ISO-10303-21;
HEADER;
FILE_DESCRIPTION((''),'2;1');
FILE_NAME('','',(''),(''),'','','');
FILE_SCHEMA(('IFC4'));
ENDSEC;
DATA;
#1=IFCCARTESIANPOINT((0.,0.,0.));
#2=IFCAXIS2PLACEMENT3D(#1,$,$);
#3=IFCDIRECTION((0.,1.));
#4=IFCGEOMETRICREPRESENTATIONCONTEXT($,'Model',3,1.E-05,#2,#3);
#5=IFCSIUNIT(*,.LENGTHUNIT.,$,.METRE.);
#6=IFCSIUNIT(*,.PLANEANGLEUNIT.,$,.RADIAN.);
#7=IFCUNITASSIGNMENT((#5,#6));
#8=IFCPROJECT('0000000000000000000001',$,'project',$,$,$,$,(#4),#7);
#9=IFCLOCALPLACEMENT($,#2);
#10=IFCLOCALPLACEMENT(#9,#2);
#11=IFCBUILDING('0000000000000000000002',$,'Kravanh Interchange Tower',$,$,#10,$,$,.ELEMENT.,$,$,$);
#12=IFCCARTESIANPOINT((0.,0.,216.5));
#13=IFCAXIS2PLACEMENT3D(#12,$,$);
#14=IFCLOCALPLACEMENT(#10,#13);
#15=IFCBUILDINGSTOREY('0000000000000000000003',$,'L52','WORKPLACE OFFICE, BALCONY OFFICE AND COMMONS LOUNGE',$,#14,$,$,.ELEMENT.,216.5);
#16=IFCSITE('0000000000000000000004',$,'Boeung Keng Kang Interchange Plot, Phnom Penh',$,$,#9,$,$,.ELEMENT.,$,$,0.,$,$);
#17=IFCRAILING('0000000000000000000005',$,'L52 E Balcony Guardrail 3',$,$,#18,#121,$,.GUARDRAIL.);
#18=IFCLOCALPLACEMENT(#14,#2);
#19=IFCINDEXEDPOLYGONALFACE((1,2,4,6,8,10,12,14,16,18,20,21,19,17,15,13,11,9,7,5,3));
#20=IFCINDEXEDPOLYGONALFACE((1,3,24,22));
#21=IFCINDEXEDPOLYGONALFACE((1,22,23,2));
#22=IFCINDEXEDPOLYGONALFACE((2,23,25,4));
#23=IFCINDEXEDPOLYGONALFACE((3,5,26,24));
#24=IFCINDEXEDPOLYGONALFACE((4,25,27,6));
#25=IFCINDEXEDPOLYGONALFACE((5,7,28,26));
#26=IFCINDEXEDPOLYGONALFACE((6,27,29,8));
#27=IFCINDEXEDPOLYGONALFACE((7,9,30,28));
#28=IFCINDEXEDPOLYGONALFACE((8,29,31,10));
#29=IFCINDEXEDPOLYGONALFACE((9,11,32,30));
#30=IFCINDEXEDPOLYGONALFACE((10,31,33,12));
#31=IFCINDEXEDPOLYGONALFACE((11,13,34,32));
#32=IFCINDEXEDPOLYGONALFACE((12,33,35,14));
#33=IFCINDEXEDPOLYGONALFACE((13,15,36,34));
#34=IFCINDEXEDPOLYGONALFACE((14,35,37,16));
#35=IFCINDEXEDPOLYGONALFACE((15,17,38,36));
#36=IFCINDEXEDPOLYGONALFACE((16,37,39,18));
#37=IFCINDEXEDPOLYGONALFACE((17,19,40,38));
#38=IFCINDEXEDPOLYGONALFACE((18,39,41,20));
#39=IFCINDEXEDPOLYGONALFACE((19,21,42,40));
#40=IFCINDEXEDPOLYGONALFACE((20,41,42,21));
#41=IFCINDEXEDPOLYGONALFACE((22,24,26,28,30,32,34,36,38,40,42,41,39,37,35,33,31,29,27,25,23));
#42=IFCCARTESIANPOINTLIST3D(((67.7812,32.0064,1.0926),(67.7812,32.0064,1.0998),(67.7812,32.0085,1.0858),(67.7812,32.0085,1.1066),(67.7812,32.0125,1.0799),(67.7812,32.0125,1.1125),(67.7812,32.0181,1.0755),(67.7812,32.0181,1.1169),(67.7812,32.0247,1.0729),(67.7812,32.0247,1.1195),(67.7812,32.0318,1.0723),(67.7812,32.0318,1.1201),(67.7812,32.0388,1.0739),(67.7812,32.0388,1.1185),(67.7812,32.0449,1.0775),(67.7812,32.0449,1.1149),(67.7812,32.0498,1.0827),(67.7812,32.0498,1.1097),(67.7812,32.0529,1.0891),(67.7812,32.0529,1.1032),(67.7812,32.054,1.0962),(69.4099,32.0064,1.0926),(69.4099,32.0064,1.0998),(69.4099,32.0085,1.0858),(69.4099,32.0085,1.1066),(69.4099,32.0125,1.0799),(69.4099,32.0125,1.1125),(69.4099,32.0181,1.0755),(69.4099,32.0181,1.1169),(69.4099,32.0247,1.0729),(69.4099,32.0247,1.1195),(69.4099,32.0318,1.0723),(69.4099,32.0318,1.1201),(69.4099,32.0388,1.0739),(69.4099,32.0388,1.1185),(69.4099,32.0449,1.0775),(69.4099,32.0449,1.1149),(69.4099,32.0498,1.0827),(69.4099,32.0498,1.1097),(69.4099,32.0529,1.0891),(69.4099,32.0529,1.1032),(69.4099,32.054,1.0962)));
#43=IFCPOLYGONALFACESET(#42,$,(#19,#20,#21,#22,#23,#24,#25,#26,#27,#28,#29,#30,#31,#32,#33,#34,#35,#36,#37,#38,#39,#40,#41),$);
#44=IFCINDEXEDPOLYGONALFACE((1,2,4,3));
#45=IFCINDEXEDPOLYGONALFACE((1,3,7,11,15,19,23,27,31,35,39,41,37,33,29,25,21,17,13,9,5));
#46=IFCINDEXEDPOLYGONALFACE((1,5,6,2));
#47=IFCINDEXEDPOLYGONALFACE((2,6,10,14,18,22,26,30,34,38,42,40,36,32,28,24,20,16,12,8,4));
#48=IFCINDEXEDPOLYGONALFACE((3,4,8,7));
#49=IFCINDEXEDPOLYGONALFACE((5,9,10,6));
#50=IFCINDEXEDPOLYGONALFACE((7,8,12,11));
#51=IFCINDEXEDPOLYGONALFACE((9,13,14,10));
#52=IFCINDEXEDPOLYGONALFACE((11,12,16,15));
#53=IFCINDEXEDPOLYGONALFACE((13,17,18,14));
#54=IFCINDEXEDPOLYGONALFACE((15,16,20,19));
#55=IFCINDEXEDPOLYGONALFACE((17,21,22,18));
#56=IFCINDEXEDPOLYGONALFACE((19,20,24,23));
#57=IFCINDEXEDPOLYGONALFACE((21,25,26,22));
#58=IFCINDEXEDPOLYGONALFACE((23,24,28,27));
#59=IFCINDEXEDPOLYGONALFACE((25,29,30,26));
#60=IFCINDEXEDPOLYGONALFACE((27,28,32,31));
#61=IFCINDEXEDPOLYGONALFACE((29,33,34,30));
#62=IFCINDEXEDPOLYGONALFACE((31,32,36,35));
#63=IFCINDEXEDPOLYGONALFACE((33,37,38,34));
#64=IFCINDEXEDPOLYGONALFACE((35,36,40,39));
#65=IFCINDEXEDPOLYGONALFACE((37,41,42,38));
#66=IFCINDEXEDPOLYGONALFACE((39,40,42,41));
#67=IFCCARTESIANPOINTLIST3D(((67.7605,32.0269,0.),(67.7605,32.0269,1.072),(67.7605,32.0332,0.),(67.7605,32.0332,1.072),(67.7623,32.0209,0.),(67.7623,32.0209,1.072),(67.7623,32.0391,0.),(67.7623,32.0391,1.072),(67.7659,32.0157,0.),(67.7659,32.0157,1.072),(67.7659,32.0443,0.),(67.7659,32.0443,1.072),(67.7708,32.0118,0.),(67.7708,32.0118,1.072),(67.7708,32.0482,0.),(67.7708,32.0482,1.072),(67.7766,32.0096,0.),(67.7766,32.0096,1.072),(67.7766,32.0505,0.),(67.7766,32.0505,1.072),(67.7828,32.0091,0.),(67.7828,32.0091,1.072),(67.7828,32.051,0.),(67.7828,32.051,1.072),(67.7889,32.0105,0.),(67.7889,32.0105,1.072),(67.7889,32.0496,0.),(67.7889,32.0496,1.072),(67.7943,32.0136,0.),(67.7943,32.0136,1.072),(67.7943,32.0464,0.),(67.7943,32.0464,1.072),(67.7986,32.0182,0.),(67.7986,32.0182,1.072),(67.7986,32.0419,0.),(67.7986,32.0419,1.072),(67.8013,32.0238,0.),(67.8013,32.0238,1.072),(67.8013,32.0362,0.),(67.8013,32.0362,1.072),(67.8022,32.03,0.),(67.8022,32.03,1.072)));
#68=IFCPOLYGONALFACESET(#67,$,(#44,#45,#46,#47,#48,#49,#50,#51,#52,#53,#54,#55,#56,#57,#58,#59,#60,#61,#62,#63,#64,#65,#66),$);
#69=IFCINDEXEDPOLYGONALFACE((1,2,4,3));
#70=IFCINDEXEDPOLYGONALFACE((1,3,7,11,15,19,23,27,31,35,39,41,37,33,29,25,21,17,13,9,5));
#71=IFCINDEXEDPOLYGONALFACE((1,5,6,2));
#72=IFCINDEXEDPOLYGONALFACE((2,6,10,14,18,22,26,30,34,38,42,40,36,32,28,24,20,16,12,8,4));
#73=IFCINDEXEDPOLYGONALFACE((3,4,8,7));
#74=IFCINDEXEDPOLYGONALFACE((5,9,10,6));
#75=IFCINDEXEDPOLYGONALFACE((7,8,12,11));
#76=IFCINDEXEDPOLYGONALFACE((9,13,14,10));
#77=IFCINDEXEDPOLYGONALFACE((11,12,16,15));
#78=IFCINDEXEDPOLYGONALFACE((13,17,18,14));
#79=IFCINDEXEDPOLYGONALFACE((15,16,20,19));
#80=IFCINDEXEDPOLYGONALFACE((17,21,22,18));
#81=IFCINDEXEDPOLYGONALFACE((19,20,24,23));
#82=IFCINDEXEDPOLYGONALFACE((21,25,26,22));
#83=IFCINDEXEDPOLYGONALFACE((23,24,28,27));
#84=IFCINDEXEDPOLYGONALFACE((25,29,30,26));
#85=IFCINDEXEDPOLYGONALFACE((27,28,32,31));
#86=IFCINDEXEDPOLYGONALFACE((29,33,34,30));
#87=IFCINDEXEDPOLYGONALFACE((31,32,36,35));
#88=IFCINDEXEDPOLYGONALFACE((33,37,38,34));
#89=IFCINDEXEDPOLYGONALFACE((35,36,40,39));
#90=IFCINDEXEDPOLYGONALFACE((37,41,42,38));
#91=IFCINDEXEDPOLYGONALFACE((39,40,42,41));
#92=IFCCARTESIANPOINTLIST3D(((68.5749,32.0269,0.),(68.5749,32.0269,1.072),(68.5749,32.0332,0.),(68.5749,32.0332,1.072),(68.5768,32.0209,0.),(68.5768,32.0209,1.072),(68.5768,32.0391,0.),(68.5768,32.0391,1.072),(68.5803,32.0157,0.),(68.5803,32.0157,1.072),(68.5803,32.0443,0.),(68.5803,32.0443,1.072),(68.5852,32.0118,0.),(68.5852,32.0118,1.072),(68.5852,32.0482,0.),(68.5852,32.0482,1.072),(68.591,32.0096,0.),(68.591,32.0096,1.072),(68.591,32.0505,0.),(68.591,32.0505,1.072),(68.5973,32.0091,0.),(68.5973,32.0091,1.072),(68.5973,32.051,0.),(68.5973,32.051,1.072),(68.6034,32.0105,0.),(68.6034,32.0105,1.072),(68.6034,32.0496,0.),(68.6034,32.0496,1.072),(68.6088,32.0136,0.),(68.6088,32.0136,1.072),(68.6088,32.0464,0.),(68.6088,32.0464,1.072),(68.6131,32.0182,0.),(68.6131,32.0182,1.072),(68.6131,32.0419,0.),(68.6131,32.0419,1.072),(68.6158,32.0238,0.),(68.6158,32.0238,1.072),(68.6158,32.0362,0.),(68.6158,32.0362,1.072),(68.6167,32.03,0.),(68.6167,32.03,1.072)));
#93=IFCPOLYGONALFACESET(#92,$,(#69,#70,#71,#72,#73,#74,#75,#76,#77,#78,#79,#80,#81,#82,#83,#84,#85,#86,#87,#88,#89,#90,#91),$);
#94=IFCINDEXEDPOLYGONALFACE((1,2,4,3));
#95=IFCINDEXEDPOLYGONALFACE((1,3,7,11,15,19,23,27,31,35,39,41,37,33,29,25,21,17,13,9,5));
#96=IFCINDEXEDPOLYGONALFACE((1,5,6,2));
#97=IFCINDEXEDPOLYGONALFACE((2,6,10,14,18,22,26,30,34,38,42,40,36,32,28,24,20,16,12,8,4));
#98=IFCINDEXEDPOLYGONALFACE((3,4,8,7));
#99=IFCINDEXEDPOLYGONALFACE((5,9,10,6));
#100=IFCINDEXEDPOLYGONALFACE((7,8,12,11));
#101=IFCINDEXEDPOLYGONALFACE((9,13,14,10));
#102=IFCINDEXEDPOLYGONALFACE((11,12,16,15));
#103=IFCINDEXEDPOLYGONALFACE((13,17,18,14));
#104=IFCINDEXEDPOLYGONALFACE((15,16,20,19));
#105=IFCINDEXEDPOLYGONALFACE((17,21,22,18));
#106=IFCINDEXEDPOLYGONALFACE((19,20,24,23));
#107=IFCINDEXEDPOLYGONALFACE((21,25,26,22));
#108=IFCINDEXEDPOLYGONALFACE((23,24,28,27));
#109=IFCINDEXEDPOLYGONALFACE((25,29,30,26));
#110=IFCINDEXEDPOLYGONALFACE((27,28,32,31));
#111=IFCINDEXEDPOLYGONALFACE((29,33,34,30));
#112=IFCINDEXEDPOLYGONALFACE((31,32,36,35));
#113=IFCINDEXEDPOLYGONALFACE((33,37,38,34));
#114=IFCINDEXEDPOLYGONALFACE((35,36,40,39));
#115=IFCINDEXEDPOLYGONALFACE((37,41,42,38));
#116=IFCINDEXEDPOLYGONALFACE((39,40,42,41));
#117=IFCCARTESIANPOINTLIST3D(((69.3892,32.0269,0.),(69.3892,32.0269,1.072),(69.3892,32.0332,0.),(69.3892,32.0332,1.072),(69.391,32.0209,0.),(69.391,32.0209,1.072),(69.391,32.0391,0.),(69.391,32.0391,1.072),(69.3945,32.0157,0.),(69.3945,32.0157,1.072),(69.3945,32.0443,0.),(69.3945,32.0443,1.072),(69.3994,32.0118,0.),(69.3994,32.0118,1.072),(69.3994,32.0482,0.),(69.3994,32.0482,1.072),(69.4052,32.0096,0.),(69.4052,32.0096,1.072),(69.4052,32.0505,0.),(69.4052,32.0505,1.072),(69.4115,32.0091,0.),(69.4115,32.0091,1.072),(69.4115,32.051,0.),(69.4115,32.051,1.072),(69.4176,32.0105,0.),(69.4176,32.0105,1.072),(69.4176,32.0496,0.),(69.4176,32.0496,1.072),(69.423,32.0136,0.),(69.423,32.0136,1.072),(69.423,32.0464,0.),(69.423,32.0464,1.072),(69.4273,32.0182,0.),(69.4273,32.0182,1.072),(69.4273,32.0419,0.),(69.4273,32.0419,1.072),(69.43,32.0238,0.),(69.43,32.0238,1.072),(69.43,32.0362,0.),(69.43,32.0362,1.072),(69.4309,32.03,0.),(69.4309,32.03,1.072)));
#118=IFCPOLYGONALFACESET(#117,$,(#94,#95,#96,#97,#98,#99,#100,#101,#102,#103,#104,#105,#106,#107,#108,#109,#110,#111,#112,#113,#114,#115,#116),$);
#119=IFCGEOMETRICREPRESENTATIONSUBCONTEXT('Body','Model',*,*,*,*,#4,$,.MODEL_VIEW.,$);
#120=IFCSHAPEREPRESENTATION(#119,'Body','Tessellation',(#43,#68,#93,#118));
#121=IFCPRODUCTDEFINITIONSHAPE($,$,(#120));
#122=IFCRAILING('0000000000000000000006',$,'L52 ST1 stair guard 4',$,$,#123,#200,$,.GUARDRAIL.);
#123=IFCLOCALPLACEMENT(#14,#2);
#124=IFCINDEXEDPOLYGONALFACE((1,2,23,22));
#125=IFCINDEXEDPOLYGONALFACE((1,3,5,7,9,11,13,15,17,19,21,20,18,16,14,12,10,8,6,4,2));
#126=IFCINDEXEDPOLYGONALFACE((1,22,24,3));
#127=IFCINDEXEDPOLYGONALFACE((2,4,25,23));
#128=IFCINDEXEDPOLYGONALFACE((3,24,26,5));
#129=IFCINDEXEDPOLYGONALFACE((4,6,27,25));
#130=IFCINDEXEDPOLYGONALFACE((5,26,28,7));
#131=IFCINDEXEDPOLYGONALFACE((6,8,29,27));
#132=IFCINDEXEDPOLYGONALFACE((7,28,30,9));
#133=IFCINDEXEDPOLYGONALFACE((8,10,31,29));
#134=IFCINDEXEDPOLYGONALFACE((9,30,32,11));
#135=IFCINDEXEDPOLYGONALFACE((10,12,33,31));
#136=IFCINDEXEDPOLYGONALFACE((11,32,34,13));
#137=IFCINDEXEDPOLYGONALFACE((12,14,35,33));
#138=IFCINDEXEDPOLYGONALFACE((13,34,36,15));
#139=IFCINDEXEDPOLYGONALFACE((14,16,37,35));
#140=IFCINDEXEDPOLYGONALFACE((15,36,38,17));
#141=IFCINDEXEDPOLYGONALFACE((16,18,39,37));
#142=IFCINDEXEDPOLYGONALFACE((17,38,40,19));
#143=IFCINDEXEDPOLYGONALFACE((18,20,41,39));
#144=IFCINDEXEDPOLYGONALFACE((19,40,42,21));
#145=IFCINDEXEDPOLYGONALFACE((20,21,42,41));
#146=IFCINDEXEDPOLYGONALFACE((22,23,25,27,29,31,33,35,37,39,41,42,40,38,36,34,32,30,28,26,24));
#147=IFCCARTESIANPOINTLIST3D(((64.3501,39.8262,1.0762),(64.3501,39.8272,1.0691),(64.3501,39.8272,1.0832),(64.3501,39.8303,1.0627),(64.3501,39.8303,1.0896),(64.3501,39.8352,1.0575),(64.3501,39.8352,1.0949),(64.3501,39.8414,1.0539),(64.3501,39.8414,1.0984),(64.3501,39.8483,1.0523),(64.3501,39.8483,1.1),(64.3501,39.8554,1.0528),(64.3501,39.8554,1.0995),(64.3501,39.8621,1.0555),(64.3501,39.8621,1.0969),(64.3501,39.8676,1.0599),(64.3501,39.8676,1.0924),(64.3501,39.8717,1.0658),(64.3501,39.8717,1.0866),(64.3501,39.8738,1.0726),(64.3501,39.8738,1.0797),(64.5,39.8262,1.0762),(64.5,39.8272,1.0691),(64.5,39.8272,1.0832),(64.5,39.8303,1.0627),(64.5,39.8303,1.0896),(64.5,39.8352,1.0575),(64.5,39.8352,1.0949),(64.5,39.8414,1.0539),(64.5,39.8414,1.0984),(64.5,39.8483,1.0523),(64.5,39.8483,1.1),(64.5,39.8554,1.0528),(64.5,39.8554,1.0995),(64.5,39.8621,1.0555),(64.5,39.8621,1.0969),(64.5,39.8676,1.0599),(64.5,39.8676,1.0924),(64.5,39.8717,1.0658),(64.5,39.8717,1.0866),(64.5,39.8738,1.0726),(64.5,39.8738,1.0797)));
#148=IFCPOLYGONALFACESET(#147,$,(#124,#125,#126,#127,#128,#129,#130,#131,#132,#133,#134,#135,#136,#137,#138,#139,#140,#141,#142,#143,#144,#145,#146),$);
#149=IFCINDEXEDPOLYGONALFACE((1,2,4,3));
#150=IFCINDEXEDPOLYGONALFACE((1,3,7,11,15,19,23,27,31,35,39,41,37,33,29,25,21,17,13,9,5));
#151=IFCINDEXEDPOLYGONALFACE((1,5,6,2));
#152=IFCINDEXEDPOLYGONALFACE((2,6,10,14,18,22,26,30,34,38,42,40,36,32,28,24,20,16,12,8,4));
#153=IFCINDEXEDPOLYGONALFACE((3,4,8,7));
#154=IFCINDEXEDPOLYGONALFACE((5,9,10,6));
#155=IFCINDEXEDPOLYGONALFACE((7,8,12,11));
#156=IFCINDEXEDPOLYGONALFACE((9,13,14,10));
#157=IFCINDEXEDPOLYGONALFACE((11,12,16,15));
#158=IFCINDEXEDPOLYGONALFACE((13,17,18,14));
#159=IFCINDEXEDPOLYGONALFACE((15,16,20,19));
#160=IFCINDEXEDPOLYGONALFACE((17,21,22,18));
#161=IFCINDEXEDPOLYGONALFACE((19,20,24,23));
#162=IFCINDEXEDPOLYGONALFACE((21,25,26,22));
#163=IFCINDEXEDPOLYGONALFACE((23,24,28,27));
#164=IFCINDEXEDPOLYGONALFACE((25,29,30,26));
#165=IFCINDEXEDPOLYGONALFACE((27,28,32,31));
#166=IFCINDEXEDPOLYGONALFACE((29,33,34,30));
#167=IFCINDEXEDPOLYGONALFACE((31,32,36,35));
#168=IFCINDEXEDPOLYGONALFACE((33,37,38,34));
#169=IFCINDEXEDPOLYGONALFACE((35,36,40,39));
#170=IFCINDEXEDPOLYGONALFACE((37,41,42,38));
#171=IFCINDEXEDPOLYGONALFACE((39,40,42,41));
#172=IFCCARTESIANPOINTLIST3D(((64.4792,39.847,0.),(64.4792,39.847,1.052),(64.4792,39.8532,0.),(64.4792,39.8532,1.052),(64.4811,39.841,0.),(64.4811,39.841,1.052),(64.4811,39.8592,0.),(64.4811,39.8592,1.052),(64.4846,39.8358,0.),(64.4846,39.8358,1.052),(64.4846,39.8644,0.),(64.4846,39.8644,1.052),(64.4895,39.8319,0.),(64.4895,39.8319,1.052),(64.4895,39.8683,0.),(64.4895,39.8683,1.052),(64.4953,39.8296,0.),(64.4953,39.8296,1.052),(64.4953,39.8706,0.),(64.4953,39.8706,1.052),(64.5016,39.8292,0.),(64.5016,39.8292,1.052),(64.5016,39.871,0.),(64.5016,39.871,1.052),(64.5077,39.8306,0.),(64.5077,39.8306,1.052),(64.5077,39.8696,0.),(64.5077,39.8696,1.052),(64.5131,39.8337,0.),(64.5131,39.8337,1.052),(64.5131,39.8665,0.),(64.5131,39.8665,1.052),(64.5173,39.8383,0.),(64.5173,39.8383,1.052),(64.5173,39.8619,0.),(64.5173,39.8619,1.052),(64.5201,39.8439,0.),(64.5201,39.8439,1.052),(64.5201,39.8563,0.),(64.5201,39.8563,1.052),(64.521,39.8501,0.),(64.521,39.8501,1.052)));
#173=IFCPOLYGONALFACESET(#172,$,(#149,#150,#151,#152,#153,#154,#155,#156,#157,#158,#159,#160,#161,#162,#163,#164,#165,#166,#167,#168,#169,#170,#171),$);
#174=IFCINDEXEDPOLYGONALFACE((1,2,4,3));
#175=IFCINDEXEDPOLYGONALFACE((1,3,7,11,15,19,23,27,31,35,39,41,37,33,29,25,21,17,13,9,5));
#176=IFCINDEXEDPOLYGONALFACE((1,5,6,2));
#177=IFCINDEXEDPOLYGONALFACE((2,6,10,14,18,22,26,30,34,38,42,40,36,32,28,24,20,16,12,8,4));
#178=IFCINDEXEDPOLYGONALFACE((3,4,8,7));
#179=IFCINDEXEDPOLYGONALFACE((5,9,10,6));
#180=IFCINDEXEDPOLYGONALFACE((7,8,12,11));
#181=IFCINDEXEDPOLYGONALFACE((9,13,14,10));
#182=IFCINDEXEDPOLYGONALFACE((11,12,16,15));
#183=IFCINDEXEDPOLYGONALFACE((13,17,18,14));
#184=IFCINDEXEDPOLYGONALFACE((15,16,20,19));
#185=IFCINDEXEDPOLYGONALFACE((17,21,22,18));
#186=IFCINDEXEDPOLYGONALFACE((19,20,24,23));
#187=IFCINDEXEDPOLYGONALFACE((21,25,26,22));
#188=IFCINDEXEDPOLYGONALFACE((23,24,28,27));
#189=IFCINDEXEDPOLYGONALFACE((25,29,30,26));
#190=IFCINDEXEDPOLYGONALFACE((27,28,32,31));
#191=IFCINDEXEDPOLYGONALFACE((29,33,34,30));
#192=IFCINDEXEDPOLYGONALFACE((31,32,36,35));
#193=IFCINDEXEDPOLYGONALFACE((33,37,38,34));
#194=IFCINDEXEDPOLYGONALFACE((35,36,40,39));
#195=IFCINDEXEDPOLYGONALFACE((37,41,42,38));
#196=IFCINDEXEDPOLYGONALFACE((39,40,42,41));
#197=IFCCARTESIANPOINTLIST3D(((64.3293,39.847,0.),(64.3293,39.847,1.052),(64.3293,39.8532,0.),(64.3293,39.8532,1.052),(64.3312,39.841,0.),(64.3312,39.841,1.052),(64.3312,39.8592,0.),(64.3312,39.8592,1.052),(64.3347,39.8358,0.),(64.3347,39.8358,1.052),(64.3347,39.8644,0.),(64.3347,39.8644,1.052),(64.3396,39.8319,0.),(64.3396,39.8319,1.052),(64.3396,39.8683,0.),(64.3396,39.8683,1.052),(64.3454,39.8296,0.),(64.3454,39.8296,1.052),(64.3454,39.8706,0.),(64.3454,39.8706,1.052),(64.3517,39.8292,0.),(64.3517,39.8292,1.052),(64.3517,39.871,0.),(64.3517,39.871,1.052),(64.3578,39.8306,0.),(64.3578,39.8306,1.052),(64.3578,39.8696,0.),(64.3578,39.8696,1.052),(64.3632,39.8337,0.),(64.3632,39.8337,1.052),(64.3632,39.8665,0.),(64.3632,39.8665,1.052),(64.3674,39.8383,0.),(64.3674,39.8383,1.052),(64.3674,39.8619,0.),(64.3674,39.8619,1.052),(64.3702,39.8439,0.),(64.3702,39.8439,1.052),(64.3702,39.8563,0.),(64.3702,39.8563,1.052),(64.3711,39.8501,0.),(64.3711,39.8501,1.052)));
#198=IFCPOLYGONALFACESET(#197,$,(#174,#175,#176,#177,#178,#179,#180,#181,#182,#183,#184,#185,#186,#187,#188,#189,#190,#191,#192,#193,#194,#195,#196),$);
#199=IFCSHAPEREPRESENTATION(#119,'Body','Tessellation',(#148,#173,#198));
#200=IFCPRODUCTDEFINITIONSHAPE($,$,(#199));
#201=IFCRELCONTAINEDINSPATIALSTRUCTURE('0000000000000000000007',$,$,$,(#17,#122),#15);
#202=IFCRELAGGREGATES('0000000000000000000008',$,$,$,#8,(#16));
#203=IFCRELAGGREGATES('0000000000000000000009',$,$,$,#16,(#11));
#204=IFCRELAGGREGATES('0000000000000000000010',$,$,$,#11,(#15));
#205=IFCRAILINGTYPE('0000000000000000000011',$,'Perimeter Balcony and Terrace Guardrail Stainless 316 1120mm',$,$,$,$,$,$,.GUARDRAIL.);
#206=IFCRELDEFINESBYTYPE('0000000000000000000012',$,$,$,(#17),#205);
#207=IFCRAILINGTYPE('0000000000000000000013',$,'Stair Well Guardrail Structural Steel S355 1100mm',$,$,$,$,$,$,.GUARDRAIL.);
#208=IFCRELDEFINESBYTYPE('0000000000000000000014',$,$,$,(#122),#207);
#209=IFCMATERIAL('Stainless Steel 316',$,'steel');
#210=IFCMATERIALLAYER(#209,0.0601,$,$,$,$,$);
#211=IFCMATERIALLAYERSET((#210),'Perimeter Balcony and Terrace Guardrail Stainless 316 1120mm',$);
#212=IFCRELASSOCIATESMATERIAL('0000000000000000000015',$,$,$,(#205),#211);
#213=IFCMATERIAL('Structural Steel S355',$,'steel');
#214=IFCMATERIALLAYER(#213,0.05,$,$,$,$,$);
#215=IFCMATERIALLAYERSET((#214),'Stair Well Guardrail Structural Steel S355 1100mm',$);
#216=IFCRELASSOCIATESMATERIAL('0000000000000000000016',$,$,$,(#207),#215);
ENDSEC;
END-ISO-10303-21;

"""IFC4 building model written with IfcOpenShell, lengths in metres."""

from ifc_helpers import new_model, si_unit, direction, frame, origin, origin_2d, place, context, subcontext, project, spatial, circle, extrude, material, layer, layer_set, type_object, element, save


model = new_model("IFC4")

# Units and contexts
model_context = context("Model", 3, precision=1e-05, world=origin(), true_north=direction((0.0, 1.0)))
body_context = subcontext(model_context, "Body", "Model", "MODEL_VIEW")
ifc_project = project(units=[si_unit("LENGTHUNIT", "METRE"), si_unit("PLANEANGLEUNIT", "RADIAN")], contexts=[model_context])

# Site, building, storey
site_placement = place(None, origin())
site = spatial("IfcSite", under=ifc_project, at=site_placement, Name="Boeung Keng Kang Interchange Plot, Phnom Penh", CompositionType="ELEMENT", RefElevation=0.0)
building_placement = place(site_placement, origin())
building = spatial("IfcBuilding", under=site, at=building_placement, Name="Kravanh Interchange Tower", CompositionType="ELEMENT")
storey_placement = place(building_placement, frame((0.0, 0.0, 216.5)))
storey = spatial("IfcBuildingStorey", under=building, at=storey_placement, Name="L52", Description="WORKPLACE OFFICE, BALCONY OFFICE AND COMMONS LOUNGE", CompositionType="ELEMENT", Elevation=216.5)

# Railings
ifc_material_1 = material(Name="Stainless Steel 316", Category="steel")
ifc_layer_1 = layer(ifc_material_1, 0.0601)
ifc_layer_set_1 = layer_set([ifc_layer_1], Name="Perimeter Balcony and Terrace Guardrail Stainless 316 1120mm")
railing_type_1 = type_object("IfcRailingType", Name="Perimeter Balcony and Terrace Guardrail Stainless 316 1120mm", PredefinedType="GUARDRAIL", material=ifc_layer_set_1)
railing_1_placement = place(storey_placement, frame((67.7812, 32.03, 0.0)))
element("IfcRailing", 1, at=railing_1_placement, inside=storey, type_object=railing_type_1, Name="L52 E Balcony Guardrail 3", PredefinedType="GUARDRAIL", context=body_context, shape_type="SweptSolid", body=[
    extrude(circle(Radius=0.0239, at=origin_2d()), frame((0.0, 0.0, 1.0962), z_axis=(1.0, 0.0, 0.0), x_axis=(0.0, 1.0, 0.0)), (0.0, 0.0, 1.0), 1.6287),
    extrude(circle(Radius=0.021, at=origin_2d()), origin(), (0.0, 0.0, 1.0), 1.072),
    extrude(circle(Radius=0.021, at=origin_2d()), frame((0.8145, 0.0, 0.0)), (0.0, 0.0, 1.0), 1.072),
    extrude(circle(Radius=0.021, at=origin_2d()), frame((1.6287, 0.0, 0.0)), (0.0, 0.0, 1.0), 1.072),
])
ifc_material_2 = material(Name="Structural Steel S355", Category="steel")
ifc_layer_2 = layer(ifc_material_2, 0.05)
ifc_layer_set_2 = layer_set([ifc_layer_2], Name="Stair Well Guardrail Structural Steel S355 1100mm")
railing_type_2 = type_object("IfcRailingType", Name="Stair Well Guardrail Structural Steel S355 1100mm", PredefinedType="GUARDRAIL", material=ifc_layer_set_2)
railing_2_placement = place(storey_placement, frame((64.5, 39.8501, 0.0)))
element("IfcRailing", 2, at=railing_2_placement, inside=storey, type_object=railing_type_2, Name="L52 ST1 stair guard 4", PredefinedType="GUARDRAIL", context=body_context, shape_type="SweptSolid", body=[
    extrude(circle(Radius=0.0239, at=origin_2d()), frame((0.0, 0.0, 1.0762), z_axis=(-1.0, 0.0, 0.0), x_axis=(0.0, -1.0, 0.0)), (0.0, 0.0, 1.0), 0.1499),
    extrude(circle(Radius=0.021, at=origin_2d()), origin(), (0.0, 0.0, 1.0), 1.052),
    extrude(circle(Radius=0.021, at=origin_2d()), frame((-0.1499, 0.0, 0.0)), (0.0, 0.0, 1.0), 1.052),
])

save(model, "model.ifc")
